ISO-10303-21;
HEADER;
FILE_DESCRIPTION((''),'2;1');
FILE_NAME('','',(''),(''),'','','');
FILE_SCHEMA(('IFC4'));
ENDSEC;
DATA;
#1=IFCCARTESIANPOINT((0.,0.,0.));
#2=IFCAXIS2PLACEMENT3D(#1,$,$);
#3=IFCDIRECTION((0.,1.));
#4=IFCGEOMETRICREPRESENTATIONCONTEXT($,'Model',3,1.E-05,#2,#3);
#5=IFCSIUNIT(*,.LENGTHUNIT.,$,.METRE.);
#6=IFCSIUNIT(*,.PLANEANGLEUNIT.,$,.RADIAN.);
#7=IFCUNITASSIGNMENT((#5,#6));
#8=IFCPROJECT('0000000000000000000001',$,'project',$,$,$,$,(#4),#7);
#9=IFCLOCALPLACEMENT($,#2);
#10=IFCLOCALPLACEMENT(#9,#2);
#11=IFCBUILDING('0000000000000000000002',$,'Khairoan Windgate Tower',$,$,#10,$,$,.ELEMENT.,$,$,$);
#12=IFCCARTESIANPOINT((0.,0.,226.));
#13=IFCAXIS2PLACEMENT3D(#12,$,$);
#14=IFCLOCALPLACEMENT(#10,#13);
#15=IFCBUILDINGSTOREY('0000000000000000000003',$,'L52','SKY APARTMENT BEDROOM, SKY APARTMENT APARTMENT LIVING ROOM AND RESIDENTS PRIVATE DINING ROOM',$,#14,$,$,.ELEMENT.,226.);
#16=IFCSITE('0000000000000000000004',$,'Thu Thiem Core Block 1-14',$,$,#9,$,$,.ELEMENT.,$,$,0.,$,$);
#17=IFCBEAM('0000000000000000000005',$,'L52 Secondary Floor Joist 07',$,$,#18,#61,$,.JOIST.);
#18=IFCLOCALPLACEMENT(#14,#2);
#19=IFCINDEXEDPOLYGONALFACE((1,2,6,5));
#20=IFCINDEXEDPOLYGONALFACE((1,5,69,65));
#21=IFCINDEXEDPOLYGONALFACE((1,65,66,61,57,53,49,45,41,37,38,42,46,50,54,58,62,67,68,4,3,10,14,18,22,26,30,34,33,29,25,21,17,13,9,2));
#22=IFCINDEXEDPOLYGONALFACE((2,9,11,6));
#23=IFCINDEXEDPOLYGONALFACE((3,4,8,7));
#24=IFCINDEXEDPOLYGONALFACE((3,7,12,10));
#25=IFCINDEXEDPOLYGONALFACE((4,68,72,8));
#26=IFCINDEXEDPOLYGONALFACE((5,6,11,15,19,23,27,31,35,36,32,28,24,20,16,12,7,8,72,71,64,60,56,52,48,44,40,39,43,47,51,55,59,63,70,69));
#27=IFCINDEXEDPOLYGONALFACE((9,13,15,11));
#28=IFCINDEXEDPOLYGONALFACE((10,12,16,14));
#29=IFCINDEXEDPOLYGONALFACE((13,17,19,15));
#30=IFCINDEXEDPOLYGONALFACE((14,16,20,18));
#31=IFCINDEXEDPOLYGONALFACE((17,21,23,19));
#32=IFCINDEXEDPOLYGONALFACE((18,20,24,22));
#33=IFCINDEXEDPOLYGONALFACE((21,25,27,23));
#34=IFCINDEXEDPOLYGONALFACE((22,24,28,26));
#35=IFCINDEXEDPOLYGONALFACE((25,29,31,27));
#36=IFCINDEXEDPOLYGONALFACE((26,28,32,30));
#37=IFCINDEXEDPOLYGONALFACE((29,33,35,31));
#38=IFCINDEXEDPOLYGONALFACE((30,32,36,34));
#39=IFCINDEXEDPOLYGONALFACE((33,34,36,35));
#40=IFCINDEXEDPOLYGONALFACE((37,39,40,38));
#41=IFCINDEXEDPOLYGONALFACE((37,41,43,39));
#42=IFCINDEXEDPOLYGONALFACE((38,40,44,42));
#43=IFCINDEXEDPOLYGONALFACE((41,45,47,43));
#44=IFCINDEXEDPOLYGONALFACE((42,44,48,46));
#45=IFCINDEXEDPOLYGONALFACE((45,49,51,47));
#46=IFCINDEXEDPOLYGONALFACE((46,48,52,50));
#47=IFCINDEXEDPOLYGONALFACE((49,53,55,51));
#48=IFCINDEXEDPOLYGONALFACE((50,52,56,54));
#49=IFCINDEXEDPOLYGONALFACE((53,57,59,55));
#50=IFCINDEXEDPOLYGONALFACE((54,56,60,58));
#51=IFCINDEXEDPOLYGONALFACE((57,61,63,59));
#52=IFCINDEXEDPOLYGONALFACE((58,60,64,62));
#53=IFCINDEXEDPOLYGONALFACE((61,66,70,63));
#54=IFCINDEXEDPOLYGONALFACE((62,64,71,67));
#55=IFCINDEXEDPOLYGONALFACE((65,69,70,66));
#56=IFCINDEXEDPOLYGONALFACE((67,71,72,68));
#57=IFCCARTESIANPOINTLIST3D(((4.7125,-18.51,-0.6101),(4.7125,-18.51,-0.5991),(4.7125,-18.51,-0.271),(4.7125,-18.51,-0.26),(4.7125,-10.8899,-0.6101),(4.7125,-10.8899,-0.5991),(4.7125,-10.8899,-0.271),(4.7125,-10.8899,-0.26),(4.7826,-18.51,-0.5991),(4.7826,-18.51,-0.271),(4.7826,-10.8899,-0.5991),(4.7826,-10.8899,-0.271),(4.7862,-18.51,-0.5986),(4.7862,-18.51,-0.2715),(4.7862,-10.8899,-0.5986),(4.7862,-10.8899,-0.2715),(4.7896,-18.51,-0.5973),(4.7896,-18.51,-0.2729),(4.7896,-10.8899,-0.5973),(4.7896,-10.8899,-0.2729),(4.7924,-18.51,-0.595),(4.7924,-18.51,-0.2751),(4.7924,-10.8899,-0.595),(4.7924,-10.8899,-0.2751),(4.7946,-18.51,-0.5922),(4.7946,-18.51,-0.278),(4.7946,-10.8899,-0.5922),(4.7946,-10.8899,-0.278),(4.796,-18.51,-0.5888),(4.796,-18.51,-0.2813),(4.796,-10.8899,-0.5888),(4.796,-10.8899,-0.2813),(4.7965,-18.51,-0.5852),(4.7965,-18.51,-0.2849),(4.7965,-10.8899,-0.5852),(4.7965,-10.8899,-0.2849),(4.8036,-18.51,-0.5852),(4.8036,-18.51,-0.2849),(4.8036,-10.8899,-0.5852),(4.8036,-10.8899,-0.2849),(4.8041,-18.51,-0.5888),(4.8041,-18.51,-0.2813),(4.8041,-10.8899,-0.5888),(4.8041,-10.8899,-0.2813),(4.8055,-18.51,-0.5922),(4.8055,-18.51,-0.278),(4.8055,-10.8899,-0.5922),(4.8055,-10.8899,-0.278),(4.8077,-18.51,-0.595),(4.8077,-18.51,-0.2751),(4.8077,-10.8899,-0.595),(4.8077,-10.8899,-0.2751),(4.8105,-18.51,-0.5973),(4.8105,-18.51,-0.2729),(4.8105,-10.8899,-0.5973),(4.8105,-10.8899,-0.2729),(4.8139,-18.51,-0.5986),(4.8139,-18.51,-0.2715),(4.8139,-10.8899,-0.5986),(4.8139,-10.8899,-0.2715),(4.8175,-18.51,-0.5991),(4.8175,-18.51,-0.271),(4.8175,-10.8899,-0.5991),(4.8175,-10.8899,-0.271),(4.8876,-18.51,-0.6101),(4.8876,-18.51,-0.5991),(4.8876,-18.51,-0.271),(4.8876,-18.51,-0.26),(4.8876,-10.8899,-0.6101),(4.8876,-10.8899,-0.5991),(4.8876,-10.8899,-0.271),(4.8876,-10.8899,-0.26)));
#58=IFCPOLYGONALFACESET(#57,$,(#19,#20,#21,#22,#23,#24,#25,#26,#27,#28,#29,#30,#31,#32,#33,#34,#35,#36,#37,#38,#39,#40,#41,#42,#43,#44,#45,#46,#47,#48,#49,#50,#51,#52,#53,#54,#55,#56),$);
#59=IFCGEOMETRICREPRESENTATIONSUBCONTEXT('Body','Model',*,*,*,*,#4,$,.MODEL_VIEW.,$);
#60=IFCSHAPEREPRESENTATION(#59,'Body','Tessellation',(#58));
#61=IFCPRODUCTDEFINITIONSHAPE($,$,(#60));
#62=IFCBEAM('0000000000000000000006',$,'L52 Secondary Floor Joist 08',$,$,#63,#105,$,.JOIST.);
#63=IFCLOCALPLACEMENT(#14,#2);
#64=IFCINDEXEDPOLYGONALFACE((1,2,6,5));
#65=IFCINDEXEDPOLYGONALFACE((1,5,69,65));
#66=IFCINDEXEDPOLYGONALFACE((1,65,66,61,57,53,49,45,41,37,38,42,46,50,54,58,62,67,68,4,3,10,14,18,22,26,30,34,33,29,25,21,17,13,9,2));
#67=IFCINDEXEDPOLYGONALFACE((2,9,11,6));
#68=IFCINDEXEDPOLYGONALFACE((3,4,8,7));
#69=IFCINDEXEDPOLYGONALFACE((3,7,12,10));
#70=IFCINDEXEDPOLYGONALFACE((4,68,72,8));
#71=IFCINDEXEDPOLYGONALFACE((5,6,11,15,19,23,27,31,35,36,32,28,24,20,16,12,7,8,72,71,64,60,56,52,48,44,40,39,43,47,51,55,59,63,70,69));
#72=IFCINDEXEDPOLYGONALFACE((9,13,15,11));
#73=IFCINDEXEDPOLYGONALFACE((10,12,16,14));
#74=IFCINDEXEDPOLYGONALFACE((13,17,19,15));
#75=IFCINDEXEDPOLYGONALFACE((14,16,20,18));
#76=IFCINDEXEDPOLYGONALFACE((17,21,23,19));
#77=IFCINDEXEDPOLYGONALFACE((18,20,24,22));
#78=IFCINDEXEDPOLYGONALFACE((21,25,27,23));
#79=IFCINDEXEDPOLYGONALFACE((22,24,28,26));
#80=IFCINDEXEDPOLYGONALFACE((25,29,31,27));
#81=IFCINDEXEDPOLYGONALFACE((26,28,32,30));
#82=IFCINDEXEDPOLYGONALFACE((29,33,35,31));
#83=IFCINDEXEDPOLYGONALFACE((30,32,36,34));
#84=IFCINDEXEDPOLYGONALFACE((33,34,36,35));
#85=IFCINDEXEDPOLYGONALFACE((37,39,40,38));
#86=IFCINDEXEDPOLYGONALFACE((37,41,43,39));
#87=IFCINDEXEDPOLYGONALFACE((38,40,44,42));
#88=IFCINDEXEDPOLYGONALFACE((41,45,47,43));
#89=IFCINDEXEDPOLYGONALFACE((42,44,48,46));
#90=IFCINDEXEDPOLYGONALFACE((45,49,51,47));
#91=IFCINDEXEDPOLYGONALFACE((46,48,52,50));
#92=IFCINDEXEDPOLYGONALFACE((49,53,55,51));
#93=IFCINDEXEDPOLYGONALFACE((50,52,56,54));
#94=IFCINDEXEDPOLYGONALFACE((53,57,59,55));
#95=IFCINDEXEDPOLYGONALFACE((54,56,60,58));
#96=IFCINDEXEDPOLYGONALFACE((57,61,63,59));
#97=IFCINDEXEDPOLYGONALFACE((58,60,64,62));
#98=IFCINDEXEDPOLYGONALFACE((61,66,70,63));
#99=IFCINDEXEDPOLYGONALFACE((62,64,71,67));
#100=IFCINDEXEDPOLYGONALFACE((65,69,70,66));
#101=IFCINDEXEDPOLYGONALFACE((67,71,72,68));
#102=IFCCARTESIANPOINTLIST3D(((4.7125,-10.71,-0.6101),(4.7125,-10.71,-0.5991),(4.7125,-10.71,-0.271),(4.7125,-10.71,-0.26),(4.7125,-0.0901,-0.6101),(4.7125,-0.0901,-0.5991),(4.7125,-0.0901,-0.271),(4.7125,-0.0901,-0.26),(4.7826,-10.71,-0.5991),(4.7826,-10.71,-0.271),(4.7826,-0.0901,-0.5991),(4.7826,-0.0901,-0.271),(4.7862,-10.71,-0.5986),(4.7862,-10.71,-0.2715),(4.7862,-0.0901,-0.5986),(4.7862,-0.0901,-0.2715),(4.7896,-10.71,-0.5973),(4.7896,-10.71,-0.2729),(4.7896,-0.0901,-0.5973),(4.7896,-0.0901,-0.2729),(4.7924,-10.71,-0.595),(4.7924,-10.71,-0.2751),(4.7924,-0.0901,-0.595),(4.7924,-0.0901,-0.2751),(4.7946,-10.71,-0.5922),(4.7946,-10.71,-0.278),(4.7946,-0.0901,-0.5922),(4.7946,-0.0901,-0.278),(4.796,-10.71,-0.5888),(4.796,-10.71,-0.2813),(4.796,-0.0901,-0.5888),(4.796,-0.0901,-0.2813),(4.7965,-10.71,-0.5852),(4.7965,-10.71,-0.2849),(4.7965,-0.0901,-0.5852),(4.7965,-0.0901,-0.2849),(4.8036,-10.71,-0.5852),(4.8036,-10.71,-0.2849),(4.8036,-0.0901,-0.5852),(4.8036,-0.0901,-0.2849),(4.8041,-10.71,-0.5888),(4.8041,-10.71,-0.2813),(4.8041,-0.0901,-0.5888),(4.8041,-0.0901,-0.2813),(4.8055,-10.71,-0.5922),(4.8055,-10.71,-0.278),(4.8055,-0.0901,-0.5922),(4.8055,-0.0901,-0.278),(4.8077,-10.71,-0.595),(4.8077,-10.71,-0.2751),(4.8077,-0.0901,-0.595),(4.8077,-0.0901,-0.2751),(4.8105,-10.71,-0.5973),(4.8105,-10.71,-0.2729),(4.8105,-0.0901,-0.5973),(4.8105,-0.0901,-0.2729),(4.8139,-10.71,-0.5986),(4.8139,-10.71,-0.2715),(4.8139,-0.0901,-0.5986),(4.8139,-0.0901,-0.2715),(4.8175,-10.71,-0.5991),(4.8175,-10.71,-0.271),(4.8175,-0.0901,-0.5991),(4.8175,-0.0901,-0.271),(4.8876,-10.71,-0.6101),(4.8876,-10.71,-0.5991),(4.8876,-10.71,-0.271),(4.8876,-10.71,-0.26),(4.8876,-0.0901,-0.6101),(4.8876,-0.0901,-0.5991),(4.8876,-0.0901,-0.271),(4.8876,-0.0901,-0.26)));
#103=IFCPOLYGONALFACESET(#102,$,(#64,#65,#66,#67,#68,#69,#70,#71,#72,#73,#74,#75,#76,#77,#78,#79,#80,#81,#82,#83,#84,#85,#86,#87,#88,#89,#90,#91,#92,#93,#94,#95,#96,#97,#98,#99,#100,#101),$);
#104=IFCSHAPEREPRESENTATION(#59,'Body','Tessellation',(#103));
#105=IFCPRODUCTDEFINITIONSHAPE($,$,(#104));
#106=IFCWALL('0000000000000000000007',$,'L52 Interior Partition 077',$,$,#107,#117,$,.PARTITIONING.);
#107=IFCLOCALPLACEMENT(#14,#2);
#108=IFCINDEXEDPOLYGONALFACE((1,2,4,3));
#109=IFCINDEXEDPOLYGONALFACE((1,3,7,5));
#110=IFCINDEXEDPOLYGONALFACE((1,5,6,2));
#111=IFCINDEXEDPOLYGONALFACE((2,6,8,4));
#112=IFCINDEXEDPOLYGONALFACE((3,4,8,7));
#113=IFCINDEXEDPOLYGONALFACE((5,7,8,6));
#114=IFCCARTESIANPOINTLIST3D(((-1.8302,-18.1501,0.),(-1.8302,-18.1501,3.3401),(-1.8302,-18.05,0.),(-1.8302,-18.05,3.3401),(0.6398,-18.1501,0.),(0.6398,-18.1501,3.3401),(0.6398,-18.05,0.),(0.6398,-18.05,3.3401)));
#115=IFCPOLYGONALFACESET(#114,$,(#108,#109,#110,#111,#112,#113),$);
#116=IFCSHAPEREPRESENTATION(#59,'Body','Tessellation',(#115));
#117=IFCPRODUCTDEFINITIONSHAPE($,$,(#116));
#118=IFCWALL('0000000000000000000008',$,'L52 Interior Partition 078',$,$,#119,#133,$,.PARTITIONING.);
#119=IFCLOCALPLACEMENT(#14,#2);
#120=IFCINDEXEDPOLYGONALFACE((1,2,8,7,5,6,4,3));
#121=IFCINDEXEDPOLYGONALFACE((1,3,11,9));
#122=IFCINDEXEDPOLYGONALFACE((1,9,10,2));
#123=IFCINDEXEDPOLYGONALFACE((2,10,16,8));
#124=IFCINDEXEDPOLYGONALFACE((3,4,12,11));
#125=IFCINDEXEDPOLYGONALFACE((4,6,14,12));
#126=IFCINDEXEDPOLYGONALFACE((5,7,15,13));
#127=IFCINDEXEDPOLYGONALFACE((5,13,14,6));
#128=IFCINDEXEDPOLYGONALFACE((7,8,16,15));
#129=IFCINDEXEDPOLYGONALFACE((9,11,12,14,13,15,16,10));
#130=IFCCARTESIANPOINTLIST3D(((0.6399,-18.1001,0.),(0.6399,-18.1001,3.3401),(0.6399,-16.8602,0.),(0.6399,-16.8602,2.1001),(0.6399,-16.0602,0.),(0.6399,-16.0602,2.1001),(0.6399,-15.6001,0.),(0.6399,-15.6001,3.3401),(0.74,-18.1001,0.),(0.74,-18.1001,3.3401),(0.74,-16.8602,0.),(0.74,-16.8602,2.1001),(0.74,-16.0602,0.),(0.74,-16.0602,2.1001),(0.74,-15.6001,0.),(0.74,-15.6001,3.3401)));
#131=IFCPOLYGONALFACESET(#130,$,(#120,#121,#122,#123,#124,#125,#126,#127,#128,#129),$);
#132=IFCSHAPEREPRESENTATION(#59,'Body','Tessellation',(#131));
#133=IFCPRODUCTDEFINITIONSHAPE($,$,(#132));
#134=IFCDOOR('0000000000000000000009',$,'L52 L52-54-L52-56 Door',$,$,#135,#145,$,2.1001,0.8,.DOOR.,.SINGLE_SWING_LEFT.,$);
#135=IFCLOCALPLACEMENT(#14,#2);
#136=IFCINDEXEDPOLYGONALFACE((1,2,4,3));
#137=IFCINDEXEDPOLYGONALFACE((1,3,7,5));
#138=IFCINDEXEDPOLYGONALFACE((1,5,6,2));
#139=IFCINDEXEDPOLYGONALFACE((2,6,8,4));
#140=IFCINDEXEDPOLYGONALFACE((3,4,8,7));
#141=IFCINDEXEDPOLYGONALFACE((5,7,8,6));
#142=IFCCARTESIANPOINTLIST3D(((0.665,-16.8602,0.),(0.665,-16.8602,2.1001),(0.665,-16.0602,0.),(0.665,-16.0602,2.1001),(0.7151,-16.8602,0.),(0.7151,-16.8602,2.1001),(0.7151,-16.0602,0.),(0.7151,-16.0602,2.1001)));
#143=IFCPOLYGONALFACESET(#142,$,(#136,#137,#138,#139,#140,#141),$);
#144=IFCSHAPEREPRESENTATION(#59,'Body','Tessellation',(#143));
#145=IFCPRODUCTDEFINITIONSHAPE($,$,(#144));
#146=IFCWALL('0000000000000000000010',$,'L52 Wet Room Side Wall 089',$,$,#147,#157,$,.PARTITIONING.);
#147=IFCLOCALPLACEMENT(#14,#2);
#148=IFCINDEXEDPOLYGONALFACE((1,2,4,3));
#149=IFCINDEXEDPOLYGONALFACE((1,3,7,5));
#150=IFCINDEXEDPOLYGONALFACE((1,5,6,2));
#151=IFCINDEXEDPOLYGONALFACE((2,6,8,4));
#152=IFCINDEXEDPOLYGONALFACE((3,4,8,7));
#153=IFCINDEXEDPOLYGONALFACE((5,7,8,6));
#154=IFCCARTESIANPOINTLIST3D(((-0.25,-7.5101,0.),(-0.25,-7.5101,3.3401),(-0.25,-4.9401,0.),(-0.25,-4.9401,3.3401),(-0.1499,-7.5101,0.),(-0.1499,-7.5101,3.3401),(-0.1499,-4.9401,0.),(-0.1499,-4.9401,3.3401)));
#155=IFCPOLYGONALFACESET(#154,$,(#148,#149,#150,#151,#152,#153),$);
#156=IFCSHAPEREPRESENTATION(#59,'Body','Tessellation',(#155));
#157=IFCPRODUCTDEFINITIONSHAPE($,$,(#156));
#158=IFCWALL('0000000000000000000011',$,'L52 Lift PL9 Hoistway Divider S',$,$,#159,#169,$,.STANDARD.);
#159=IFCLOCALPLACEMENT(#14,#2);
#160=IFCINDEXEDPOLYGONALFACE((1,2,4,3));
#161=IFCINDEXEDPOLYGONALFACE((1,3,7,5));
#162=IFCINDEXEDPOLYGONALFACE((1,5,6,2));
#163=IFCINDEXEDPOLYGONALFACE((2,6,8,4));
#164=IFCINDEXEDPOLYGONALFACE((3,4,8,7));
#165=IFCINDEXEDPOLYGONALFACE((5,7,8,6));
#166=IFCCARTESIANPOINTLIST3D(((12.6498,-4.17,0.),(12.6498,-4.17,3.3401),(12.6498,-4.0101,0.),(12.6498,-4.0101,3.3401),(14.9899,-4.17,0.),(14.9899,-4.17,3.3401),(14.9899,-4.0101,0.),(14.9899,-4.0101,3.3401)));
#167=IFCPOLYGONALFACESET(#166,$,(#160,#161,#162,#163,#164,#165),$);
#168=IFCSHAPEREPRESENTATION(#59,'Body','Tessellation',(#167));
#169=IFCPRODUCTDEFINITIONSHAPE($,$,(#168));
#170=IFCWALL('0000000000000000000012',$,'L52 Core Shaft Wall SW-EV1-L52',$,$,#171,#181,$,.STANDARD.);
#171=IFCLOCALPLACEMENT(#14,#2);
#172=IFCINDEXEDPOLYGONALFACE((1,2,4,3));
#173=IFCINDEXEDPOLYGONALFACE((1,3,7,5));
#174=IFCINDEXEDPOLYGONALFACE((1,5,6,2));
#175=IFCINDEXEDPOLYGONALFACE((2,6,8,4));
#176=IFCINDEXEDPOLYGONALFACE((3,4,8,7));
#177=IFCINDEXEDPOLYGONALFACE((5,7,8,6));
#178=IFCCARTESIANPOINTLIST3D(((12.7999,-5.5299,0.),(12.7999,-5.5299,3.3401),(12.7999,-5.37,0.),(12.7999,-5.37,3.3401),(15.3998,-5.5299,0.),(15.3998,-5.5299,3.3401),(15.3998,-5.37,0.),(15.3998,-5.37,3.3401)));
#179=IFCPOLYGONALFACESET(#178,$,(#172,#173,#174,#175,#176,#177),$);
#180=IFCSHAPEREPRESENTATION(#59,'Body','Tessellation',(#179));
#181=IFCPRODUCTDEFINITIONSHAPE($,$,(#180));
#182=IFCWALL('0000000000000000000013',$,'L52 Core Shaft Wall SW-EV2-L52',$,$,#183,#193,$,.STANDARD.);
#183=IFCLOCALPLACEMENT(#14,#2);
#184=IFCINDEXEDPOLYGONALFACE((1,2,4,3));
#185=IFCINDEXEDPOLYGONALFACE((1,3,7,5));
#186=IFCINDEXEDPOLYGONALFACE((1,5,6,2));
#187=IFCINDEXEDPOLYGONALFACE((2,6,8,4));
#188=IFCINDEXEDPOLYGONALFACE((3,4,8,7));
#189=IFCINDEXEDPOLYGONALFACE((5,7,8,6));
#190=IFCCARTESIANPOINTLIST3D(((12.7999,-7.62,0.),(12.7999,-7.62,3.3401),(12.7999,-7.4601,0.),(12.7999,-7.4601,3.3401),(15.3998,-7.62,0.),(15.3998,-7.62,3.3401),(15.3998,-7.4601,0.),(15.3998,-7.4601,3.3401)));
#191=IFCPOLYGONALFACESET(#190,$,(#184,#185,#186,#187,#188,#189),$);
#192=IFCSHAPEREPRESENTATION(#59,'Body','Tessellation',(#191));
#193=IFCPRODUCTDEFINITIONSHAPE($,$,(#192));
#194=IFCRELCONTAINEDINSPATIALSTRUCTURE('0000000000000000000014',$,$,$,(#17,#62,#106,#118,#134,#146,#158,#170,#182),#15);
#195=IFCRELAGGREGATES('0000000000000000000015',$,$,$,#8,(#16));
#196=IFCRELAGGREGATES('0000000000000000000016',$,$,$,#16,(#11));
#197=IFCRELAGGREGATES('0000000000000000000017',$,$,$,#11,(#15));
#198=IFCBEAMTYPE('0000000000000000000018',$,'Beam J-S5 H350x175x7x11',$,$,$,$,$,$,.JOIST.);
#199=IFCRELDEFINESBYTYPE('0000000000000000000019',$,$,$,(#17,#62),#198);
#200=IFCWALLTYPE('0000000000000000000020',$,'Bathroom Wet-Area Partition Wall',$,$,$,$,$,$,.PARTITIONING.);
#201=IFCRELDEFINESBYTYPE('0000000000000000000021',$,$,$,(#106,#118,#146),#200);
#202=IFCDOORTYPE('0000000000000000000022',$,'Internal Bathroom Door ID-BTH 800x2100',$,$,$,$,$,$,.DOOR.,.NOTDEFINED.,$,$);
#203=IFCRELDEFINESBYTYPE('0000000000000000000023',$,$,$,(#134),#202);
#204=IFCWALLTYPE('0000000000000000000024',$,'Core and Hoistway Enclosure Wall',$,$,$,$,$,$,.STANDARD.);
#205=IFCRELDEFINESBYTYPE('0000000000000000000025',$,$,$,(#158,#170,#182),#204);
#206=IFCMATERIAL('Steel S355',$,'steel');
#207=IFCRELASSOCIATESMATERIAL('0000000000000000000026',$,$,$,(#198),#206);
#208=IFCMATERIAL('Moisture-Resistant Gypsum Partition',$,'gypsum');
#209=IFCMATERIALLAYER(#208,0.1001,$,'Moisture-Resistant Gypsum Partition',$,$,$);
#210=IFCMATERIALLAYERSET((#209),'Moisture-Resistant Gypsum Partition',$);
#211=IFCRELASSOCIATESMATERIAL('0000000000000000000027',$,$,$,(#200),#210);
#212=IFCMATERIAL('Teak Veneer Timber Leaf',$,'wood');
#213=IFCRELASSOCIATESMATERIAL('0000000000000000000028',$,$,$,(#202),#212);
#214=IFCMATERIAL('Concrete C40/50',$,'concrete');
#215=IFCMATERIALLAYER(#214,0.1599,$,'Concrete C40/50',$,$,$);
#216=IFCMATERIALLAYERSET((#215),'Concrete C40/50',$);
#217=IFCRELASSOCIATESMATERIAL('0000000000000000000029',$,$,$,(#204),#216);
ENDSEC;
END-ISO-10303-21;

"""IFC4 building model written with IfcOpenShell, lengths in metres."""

from ifc_helpers import new_model, si_unit, direction, frame, frame_2d, origin, origin_2d, place, context, subcontext, project, spatial, rectangle, i_section, extrude, material, layer, layer_set, material_profile, profile_set, type_object, element, fill, save


model = new_model("IFC4")

# Units and contexts
model_context = context("Model", 3, precision=1e-05, world=origin(), true_north=direction((0.0, 1.0)))
body_context = subcontext(model_context, "Body", "Model", "MODEL_VIEW")
ifc_project = project(units=[si_unit("LENGTHUNIT", "METRE"), si_unit("PLANEANGLEUNIT", "RADIAN")], contexts=[model_context])

# Site, building, storey
site_placement = place(None, origin())
site = spatial("IfcSite", under=ifc_project, at=site_placement, Name="Thu Thiem Core Block 1-14", CompositionType="ELEMENT", RefElevation=0.0)
building_placement = place(site_placement, origin())
building = spatial("IfcBuilding", under=site, at=building_placement, Name="Khairoan Windgate Tower", CompositionType="ELEMENT")
storey_placement = place(building_placement, frame((0.0, 0.0, 226.0)))
storey = spatial("IfcBuildingStorey", under=building, at=storey_placement, Name="L52", Description="SKY APARTMENT BEDROOM, SKY APARTMENT APARTMENT LIVING ROOM AND RESIDENTS PRIVATE DINING ROOM", CompositionType="ELEMENT", Elevation=226.0)

# Beams
ifc_material_1 = material(Name="Steel S355", Category="steel")
ifc_material_profile_1 = material_profile(ifc_material_1, i_section(OverallWidth=0.175, OverallDepth=0.3501, WebThickness=0.0071, FlangeThickness=0.011, FilletRadius=0.0139, at=origin_2d()))
ifc_profile_set_1 = profile_set([ifc_material_profile_1], Name="Steel S355")
beam_type_1 = type_object("IfcBeamType", Name="Beam J-S5 H350x175x7x11", PredefinedType="JOIST", material=ifc_profile_set_1)
beam_1_placement = place(storey_placement, frame((4.8, -18.51, -0.4351), z_axis=(0.0, 1.0, 0.0), x_axis=(-1.0, 0.0, 0.0)))
element("IfcBeam", 1, at=beam_1_placement, inside=storey, type_object=beam_type_1, Name="L52 Secondary Floor Joist 07", PredefinedType="JOIST", context=body_context, shape_type="SweptSolid", body=[
    extrude(i_section(OverallWidth=0.175, OverallDepth=0.3501, WebThickness=0.0071, FlangeThickness=0.011, FilletRadius=0.0139, at=origin_2d()), origin(), (0.0, 0.0, 1.0), 7.6201),
])
beam_2_placement = place(storey_placement, frame((4.8, -10.71, -0.4351), z_axis=(0.0, 1.0, 0.0), x_axis=(-1.0, 0.0, 0.0)))
element("IfcBeam", 2, at=beam_2_placement, inside=storey, type_object=beam_type_1, Name="L52 Secondary Floor Joist 08", PredefinedType="JOIST", context=body_context, shape_type="SweptSolid", body=[
    extrude(i_section(OverallWidth=0.175, OverallDepth=0.3501, WebThickness=0.0071, FlangeThickness=0.011, FilletRadius=0.0139, at=origin_2d()), origin(), (0.0, 0.0, 1.0), 10.6199),
])

# Wall
ifc_material_2 = material(Name="Moisture-Resistant Gypsum Partition", Category="gypsum")
ifc_layer_1 = layer(ifc_material_2, 0.1001, Name="Moisture-Resistant Gypsum Partition")
ifc_layer_set_1 = layer_set([ifc_layer_1], Name="Moisture-Resistant Gypsum Partition")
wall_type_1 = type_object("IfcWallType", Name="Bathroom Wet-Area Partition Wall", PredefinedType="PARTITIONING", material=ifc_layer_set_1)
wall_1_placement = place(storey_placement, frame((-1.8301, -18.1001, 0.0), z_axis=(0.0, 0.0, 1.0), x_axis=(1.0, 0.0, 0.0)))
element("IfcWall", 3, at=wall_1_placement, inside=storey, type_object=wall_type_1, Name="L52 Interior Partition 077", PredefinedType="PARTITIONING", context=body_context, shape_type="SweptSolid", body=[
    extrude(rectangle(XDim=2.47, YDim=0.1001, at=frame_2d((1.2349, 0.0))), origin(), (0.0, 0.0, 1.0), 3.3401),
])

# Wall, opening, door
wall_2_placement = place(storey_placement, frame((0.6899, -18.1001, 0.0), z_axis=(0.0, 0.0, 1.0), x_axis=(0.0, 1.0, 0.0)))
wall_2 = element("IfcWall", 4, at=wall_2_placement, inside=storey, type_object=wall_type_1, Name="L52 Interior Partition 078", PredefinedType="PARTITIONING", context=body_context, shape_type="SweptSolid", body=[
    extrude(rectangle(XDim=2.5, YDim=0.1001, at=frame_2d((1.25, 0.0))), origin(), (0.0, 0.0, 1.0), 3.3401),
])
opening_1_placement = place(wall_2_placement, frame((1.24, 0.0, 0.0)))
opening_1 = element("IfcOpeningElement", 5, at=opening_1_placement, cuts=wall_2, PredefinedType="OPENING", context=body_context, shape_type="SweptSolid", body=[
    extrude(rectangle(XDim=0.8, YDim=2.1001, at=frame_2d((0.3999, 1.05))), frame((0.0, 0.0601, 0.0), z_axis=(0.0, -1.0, 0.0), x_axis=(1.0, 0.0, 0.0)), (0.0, 0.0, 1.0), 0.1201),
])
ifc_material_3 = material(Name="Teak Veneer Timber Leaf", Category="wood")
door_type_1 = type_object("IfcDoorType", Name="Internal Bathroom Door ID-BTH 800x2100", OperationType="NOTDEFINED", PredefinedType="DOOR", material=ifc_material_3)
door_1_placement = place(opening_1_placement, origin())
door_1 = element("IfcDoor", 6, at=door_1_placement, inside=storey, type_object=door_type_1, Name="L52 L52-54-L52-56 Door", OperationType="SINGLE_SWING_LEFT", OverallHeight=2.1001, OverallWidth=0.8, PredefinedType="DOOR", context=body_context, shape_type="SweptSolid", body=[
    extrude(rectangle(XDim=0.8, YDim=2.1001, at=frame_2d((0.3999, 1.05))), frame((0.0, 0.0249, 0.0), z_axis=(0.0, -1.0, 0.0), x_axis=(1.0, 0.0, 0.0)), (0.0, 0.0, 1.0), 0.05),
])
fill(opening_1, door_1)

# Walls
wall_3_placement = place(storey_placement, frame((-0.2, -4.9399, 0.0), z_axis=(0.0, 0.0, 1.0), x_axis=(0.0, -1.0, 0.0)))
element("IfcWall", 7, at=wall_3_placement, inside=storey, type_object=wall_type_1, Name="L52 Wet Room Side Wall 089", PredefinedType="PARTITIONING", context=body_context, shape_type="SweptSolid", body=[
    extrude(rectangle(XDim=2.5701, YDim=0.1001, at=frame_2d((1.2852, 0.0))), origin(), (0.0, 0.0, 1.0), 3.3401),
])
ifc_material_4 = material(Name="Concrete C40/50", Category="concrete")
ifc_layer_2 = layer(ifc_material_4, 0.1599, Name="Concrete C40/50")
ifc_layer_set_2 = layer_set([ifc_layer_2], Name="Concrete C40/50")
wall_type_2 = type_object("IfcWallType", Name="Core and Hoistway Enclosure Wall", PredefinedType="STANDARD", material=ifc_layer_set_2)
wall_4_placement = place(storey_placement, frame((12.6499, -4.0901, 0.0), z_axis=(0.0, 0.0, 1.0), x_axis=(1.0, 0.0, 0.0)))
element("IfcWall", 8, at=wall_4_placement, inside=storey, type_object=wall_type_2, Name="L52 Lift PL9 Hoistway Divider S", PredefinedType="STANDARD", context=body_context, shape_type="SweptSolid", body=[
    extrude(rectangle(XDim=2.3401, YDim=0.1599, at=frame_2d((1.1699, 0.0))), origin(), (0.0, 0.0, 1.0), 3.3401),
])
for number, where, z_axis, x_axis, name in (
    (9, (12.8, -5.45, 0.0), (0.0, 0.0, 1.0), (1.0, 0.0, 0.0), "L52 Core Shaft Wall SW-EV1-L52"),
    (10, (12.8, -7.54, 0.0), (0.0, 0.0, 1.0), (1.0, 0.0, 0.0), "L52 Core Shaft Wall SW-EV2-L52"),
):
    element("IfcWall", number, at=place(storey_placement, frame(where, z_axis=z_axis, x_axis=x_axis)), inside=storey, type_object=wall_type_2, Name=name, PredefinedType="STANDARD", context=body_context, shape_type="SweptSolid", body=[
        extrude(rectangle(XDim=2.5999, YDim=0.1599, at=frame_2d((1.2998, 0.0))), origin(), (0.0, 0.0, 1.0), 3.3401),
    ])

save(model, "model.ifc")
